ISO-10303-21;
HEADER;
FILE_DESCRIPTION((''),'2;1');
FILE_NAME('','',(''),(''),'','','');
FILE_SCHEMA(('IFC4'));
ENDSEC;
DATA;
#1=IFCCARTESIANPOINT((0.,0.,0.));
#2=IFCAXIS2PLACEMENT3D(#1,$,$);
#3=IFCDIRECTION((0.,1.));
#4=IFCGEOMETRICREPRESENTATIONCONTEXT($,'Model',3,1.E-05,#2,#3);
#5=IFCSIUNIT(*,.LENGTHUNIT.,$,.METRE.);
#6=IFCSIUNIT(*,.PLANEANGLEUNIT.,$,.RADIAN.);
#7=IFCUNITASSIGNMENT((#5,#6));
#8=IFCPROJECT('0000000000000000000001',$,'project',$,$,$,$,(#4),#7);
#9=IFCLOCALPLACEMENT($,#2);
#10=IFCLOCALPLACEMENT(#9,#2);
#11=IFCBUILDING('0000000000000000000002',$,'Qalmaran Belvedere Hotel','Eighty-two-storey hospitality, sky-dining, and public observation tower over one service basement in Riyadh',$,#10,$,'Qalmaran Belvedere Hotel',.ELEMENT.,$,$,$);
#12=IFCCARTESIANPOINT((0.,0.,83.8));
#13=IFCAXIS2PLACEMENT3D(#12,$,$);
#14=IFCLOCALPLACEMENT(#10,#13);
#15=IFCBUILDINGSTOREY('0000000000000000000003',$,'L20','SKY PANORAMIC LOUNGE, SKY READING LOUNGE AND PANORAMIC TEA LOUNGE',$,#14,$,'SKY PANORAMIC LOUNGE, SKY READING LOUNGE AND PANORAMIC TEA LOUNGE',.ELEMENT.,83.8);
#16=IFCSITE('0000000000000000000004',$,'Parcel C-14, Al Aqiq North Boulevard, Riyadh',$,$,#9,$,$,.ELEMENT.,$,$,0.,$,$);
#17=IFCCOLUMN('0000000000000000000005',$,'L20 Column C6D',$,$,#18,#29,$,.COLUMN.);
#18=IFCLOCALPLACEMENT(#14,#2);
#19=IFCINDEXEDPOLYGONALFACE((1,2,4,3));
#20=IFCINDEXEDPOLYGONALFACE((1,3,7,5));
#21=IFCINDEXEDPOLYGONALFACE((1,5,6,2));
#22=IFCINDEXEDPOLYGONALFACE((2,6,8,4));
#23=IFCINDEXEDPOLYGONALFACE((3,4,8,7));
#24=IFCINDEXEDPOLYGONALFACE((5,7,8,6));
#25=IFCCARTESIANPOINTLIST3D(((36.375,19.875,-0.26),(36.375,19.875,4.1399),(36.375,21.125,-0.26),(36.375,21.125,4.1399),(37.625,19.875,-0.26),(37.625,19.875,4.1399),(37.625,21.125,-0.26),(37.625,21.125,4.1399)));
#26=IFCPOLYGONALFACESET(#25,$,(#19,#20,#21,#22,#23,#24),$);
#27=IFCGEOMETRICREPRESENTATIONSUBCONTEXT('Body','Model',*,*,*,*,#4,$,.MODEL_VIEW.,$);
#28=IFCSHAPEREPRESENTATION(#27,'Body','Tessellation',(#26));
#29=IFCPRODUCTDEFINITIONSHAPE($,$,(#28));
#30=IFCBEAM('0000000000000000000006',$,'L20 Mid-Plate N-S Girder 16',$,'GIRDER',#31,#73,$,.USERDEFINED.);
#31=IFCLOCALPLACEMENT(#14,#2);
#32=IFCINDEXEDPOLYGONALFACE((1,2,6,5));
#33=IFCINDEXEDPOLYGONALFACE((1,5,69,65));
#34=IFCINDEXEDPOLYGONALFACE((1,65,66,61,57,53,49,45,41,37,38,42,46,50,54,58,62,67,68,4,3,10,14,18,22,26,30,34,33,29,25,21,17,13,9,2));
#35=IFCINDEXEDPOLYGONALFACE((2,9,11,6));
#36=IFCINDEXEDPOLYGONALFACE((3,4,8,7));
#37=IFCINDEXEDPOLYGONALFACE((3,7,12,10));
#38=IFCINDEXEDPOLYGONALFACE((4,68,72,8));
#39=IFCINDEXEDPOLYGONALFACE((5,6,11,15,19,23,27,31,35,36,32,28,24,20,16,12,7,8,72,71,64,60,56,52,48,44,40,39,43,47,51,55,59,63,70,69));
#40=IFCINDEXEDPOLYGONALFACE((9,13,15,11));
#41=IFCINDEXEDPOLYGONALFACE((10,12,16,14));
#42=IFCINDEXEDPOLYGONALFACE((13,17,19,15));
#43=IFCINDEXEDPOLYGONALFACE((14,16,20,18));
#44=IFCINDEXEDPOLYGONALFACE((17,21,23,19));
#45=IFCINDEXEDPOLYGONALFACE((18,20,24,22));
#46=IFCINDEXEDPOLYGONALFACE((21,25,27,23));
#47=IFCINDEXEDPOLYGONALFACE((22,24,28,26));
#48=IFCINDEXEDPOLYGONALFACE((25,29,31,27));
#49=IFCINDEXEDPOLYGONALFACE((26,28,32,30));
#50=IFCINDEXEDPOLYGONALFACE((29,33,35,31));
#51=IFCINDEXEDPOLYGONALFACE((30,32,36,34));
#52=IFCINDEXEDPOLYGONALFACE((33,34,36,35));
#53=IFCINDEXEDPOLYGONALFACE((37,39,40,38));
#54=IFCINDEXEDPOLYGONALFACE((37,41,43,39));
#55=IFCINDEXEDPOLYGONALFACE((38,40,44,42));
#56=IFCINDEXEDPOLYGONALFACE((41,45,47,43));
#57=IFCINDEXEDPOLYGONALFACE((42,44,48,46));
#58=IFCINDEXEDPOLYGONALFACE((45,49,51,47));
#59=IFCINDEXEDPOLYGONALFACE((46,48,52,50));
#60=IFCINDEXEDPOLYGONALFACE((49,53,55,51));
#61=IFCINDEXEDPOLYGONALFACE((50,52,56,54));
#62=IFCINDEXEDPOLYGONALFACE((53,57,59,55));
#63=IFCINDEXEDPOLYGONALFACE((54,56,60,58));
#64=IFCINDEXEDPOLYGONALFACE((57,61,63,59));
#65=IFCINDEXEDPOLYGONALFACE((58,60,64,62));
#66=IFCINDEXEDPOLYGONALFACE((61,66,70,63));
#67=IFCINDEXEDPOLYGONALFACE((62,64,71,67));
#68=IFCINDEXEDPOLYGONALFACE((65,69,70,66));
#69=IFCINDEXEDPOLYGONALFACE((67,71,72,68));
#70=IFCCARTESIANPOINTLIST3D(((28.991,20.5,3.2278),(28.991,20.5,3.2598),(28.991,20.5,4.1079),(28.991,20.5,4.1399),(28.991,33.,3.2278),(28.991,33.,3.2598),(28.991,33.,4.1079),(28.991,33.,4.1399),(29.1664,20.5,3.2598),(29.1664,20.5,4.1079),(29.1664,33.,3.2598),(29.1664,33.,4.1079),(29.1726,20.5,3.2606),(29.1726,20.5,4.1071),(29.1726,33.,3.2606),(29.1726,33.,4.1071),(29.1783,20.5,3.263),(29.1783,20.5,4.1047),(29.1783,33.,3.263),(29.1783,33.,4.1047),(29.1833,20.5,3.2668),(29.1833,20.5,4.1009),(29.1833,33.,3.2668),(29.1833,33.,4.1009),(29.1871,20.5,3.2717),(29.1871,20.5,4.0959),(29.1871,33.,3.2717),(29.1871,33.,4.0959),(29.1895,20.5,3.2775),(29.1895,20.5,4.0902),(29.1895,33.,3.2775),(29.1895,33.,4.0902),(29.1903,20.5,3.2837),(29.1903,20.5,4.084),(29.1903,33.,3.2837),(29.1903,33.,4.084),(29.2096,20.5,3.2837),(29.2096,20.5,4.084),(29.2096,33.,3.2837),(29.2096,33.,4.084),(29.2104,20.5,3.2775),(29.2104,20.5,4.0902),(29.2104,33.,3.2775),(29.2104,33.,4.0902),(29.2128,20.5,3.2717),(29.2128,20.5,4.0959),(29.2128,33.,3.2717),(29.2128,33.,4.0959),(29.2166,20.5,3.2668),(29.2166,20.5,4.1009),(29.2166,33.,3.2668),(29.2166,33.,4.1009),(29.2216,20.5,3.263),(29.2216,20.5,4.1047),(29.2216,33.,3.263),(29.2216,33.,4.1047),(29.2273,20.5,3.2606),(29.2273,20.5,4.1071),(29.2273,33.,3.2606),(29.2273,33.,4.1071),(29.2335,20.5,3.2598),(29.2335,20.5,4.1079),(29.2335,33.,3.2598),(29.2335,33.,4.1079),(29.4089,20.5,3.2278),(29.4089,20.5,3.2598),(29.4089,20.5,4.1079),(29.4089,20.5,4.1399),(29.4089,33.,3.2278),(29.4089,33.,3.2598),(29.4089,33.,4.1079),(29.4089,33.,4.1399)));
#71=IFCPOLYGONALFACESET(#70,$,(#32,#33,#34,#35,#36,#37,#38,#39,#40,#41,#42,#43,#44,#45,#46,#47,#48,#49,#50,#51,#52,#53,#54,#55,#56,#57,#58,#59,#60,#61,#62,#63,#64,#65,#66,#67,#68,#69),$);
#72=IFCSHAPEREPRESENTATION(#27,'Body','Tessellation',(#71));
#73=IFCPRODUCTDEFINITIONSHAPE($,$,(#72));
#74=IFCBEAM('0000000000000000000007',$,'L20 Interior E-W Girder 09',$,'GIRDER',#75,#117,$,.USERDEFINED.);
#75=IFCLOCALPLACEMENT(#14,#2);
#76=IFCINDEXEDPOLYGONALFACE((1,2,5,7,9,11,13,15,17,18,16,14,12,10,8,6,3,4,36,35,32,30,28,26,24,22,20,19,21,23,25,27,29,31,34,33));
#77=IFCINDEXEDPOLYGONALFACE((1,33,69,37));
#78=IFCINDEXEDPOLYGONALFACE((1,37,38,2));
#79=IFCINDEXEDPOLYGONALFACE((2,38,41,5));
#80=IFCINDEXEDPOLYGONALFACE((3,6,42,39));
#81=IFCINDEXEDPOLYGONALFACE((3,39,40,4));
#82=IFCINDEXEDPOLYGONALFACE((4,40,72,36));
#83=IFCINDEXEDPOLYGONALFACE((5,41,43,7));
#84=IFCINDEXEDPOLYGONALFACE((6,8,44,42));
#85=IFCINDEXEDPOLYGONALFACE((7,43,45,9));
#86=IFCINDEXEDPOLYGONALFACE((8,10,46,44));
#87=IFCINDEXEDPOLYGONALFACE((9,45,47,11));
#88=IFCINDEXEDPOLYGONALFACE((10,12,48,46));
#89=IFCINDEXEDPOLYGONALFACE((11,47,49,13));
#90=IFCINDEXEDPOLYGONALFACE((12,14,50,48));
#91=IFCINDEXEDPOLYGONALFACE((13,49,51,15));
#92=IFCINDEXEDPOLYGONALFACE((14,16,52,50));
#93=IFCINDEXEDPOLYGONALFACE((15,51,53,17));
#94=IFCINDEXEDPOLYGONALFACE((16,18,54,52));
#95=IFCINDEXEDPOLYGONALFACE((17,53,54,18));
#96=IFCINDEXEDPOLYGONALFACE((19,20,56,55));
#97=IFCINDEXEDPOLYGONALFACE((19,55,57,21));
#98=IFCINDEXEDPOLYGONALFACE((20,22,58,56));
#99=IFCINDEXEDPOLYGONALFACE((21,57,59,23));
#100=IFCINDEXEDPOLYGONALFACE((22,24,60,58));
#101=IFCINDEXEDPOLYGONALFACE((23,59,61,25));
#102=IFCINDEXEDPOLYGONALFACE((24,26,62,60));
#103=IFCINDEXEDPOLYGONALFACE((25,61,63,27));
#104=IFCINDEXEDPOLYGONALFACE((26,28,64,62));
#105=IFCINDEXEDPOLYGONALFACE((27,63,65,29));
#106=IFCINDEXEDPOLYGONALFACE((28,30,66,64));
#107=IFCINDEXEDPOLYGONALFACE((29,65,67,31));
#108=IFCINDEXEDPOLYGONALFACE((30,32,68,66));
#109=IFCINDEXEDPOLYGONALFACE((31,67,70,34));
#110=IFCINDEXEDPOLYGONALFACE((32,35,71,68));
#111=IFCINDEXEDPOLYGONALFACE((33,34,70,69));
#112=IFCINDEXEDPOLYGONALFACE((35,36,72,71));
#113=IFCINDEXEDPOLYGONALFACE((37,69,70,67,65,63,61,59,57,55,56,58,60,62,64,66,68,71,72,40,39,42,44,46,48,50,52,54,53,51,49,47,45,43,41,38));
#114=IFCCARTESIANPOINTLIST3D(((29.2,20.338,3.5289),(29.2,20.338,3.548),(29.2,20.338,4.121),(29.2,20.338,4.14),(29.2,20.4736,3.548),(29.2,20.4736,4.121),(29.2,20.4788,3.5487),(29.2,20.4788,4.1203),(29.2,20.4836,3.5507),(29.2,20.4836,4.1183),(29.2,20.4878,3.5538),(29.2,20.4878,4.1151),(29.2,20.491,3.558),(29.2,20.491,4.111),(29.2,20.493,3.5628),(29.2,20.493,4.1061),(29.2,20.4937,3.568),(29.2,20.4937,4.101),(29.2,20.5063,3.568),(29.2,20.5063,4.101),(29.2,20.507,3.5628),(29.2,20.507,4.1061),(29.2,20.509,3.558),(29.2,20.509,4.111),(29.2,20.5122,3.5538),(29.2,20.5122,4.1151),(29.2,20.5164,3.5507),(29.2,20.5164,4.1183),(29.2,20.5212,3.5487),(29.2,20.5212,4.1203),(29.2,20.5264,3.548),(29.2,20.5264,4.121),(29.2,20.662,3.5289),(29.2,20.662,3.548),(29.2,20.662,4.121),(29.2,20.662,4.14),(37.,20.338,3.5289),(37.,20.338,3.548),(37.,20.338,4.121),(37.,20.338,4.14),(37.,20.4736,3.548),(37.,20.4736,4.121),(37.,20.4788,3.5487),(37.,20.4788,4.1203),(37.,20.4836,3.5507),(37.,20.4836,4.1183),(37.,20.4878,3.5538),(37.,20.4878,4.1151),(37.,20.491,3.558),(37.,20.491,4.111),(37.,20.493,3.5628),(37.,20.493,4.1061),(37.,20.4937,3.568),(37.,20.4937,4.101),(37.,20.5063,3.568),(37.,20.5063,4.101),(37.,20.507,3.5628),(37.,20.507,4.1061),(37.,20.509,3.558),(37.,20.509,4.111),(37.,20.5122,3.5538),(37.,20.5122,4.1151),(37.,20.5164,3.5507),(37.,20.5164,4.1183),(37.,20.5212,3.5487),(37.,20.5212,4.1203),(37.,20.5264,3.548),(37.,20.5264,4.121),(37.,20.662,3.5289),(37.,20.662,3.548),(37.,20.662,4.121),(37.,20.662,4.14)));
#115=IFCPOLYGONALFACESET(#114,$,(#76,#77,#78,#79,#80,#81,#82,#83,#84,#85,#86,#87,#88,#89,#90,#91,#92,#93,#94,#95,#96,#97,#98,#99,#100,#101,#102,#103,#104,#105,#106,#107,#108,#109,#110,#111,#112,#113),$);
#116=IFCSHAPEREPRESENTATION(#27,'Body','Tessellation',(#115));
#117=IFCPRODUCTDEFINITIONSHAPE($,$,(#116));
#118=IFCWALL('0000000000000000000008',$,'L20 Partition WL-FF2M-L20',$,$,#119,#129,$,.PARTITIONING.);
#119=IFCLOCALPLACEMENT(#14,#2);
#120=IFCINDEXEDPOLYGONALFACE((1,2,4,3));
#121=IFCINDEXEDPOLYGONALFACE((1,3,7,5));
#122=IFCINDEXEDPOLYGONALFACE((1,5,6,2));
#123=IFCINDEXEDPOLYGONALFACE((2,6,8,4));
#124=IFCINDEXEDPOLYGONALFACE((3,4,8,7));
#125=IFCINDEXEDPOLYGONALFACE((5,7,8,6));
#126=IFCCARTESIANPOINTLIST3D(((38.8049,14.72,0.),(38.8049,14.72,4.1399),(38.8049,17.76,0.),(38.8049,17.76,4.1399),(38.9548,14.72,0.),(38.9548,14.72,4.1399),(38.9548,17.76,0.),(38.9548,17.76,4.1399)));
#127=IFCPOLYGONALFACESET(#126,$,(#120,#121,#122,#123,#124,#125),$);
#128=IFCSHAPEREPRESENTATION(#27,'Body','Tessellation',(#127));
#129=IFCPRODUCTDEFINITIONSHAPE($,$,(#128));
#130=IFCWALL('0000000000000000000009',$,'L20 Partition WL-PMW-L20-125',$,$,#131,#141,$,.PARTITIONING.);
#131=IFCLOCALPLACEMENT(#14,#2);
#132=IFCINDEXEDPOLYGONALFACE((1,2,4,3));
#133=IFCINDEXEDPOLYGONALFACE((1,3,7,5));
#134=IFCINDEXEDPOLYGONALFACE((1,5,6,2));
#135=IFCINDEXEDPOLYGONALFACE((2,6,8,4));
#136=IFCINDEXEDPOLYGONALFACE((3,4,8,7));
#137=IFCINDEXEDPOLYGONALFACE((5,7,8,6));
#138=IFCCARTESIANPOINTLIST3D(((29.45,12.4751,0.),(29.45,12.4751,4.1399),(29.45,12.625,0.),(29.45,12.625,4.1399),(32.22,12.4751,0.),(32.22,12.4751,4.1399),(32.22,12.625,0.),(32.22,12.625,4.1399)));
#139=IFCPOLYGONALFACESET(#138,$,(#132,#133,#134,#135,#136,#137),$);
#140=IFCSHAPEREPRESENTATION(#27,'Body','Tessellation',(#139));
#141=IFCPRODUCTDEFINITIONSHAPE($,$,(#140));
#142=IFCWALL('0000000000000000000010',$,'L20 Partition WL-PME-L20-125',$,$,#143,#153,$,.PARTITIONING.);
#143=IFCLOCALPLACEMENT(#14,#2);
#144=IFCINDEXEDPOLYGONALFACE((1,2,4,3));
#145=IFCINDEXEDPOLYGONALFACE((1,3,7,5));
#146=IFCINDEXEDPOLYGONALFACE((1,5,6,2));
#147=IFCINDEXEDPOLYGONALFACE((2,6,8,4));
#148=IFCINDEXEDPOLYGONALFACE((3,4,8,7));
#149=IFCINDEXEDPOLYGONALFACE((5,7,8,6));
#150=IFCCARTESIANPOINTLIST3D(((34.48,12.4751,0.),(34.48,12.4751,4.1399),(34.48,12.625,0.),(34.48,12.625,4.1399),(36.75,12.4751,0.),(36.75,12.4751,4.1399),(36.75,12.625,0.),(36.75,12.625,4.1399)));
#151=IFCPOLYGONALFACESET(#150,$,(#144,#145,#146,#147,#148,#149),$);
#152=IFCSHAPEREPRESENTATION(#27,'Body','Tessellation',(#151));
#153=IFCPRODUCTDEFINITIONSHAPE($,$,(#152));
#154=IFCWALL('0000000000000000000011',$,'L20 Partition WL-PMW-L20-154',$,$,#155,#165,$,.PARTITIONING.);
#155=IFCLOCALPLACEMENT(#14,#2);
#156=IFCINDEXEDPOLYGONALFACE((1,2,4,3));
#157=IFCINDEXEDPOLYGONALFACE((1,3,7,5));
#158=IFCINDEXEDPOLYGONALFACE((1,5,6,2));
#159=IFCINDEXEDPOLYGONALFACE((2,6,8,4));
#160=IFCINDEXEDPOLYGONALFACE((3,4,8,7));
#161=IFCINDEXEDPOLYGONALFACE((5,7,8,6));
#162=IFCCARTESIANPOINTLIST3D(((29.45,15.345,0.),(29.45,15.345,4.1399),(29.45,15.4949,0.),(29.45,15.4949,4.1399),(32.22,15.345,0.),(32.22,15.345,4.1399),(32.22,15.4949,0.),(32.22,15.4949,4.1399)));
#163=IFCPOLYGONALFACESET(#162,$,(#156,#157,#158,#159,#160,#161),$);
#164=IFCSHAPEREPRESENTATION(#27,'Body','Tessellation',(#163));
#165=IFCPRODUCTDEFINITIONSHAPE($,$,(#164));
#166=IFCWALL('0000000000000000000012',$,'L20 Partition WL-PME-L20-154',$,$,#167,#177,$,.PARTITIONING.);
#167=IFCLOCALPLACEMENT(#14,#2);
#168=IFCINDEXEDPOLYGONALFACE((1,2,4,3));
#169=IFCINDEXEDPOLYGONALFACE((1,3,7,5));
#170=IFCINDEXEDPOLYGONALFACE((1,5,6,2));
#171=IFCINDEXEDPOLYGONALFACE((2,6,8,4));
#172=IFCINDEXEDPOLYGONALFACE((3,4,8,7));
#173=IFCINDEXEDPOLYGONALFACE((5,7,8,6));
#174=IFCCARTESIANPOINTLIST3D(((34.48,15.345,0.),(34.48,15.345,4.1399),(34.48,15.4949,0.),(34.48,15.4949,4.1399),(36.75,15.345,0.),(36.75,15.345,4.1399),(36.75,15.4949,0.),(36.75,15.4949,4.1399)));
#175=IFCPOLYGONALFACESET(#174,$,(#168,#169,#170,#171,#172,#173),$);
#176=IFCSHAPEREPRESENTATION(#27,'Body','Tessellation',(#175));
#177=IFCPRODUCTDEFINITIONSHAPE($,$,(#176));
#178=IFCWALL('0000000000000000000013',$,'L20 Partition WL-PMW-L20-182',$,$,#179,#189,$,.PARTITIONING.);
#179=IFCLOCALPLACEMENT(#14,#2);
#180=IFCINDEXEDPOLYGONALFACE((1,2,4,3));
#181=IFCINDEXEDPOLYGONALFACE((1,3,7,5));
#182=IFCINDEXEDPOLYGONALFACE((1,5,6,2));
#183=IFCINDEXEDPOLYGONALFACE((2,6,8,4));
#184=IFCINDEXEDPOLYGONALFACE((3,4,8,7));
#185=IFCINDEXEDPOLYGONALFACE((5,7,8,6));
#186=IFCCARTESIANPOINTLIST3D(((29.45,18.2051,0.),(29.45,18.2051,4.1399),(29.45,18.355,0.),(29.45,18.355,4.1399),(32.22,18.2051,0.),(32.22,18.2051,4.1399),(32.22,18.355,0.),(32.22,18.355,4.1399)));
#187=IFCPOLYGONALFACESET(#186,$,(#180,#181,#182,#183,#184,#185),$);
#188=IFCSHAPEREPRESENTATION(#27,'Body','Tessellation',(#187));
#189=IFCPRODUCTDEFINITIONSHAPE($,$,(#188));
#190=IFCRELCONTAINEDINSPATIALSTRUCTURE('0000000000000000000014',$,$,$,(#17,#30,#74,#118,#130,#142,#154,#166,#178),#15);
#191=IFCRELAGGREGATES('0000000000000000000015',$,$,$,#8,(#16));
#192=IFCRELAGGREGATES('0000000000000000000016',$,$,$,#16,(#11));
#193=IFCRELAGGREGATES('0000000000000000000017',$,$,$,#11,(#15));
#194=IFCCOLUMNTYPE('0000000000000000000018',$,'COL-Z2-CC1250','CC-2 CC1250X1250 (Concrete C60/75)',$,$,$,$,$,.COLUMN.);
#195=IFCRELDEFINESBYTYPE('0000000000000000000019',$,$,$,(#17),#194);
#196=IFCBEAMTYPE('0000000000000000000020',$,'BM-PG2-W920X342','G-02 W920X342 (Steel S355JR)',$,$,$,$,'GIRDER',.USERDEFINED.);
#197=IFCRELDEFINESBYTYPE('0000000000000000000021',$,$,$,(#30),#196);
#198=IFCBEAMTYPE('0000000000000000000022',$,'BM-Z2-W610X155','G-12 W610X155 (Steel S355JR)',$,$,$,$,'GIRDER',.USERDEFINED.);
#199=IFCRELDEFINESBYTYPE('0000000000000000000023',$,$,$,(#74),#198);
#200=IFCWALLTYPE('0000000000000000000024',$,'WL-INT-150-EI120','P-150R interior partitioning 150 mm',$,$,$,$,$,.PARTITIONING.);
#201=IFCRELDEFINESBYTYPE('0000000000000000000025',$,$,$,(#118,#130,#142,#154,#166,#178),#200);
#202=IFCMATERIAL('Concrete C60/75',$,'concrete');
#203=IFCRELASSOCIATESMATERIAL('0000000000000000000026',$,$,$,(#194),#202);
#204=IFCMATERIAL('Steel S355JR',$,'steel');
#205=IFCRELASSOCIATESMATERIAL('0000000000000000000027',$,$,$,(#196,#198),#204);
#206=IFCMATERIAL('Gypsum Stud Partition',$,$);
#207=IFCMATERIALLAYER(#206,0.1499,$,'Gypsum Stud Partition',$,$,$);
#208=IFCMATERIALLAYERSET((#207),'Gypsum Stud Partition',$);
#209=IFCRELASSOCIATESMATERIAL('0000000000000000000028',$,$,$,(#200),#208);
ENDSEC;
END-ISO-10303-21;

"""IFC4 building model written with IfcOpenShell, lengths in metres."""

from ifc_helpers import new_model, si_unit, direction, frame, frame_2d, origin, origin_2d, place, context, subcontext, project, spatial, rectangle, i_section, extrude, material, layer, layer_set, material_profile, profile_set, type_object, element, save


model = new_model("IFC4")

# Units and contexts
model_context = context("Model", 3, precision=1e-05, world=origin(), true_north=direction((0.0, 1.0)))
body_context = subcontext(model_context, "Body", "Model", "MODEL_VIEW")
ifc_project = project(units=[si_unit("LENGTHUNIT", "METRE"), si_unit("PLANEANGLEUNIT", "RADIAN")], contexts=[model_context])

# Site, building, storey
site_placement = place(None, origin())
site = spatial("IfcSite", under=ifc_project, at=site_placement, Name="Parcel C-14, Al Aqiq North Boulevard, Riyadh", CompositionType="ELEMENT", RefElevation=0.0)
building_placement = place(site_placement, origin())
building = spatial("IfcBuilding", under=site, at=building_placement, Name="Qalmaran Belvedere Hotel", Description="Eighty-two-storey hospitality, sky-dining, and public observation tower over one service basement in Riyadh", LongName="Qalmaran Belvedere Hotel", CompositionType="ELEMENT")
storey_placement = place(building_placement, frame((0.0, 0.0, 83.8)))
storey = spatial("IfcBuildingStorey", under=building, at=storey_placement, Name="L20", Description="SKY PANORAMIC LOUNGE, SKY READING LOUNGE AND PANORAMIC TEA LOUNGE", LongName="SKY PANORAMIC LOUNGE, SKY READING LOUNGE AND PANORAMIC TEA LOUNGE", CompositionType="ELEMENT", Elevation=83.8)

# Column
ifc_material_1 = material(Name="Concrete C60/75", Category="concrete")
ifc_material_profile_1 = material_profile(ifc_material_1, rectangle(XDim=1.25, YDim=1.25, at=origin_2d()), Name="CC1250X1250")
ifc_profile_set_1 = profile_set([ifc_material_profile_1], Name="Concrete C60/75")
column_type = type_object("IfcColumnType", Name="COL-Z2-CC1250", Description="CC-2 CC1250X1250 (Concrete C60/75)", PredefinedType="COLUMN", material=ifc_profile_set_1)
column_placement = place(storey_placement, frame((37.0, 20.5, -0.26), z_axis=(0.0, 0.0, 1.0), x_axis=(1.0, 0.0, 0.0)))
element("IfcColumn", 1, at=column_placement, inside=storey, type_object=column_type, Name="L20 Column C6D", PredefinedType="COLUMN", context=body_context, shape_type="SweptSolid", body=[
    extrude(rectangle(XDim=1.25, YDim=1.25, at=origin_2d()), origin(), (0.0, 0.0, 1.0), 4.3999),
])

# Beams
ifc_material_2 = material(Name="Steel S355JR", Category="steel")
ifc_material_profile_2 = material_profile(ifc_material_2, i_section(OverallWidth=0.418, OverallDepth=0.9121, WebThickness=0.0193, FlangeThickness=0.032, FilletRadius=0.0239, at=origin_2d()), Name="W920X342")
ifc_profile_set_2 = profile_set([ifc_material_profile_2], Name="Steel S355JR")
beam_type_1 = type_object("IfcBeamType", Name="BM-PG2-W920X342", Description="G-02 W920X342 (Steel S355JR)", ElementType="GIRDER", PredefinedType="USERDEFINED", material=ifc_profile_set_2)
beam_1_placement = place(storey_placement, frame((29.2, 20.5, 3.6838), z_axis=(0.0, 1.0, 0.0), x_axis=(-1.0, 0.0, 0.0)))
element("IfcBeam", 2, at=beam_1_placement, inside=storey, type_object=beam_type_1, Name="L20 Mid-Plate N-S Girder 16", ObjectType="GIRDER", PredefinedType="USERDEFINED", context=body_context, shape_type="SweptSolid", body=[
    extrude(i_section(OverallWidth=0.418, OverallDepth=0.9121, WebThickness=0.0193, FlangeThickness=0.032, FilletRadius=0.0239, at=origin_2d()), origin(), (0.0, 0.0, 1.0), 12.5),
])
ifc_material_profile_3 = material_profile(ifc_material_2, i_section(OverallWidth=0.324, OverallDepth=0.6111, WebThickness=0.0127, FlangeThickness=0.019, FilletRadius=0.02, at=origin_2d()), Name="W610X155")
ifc_profile_set_3 = profile_set([ifc_material_profile_3], Name="Steel S355JR")
beam_type_2 = type_object("IfcBeamType", Name="BM-Z2-W610X155", Description="G-12 W610X155 (Steel S355JR)", ElementType="GIRDER", PredefinedType="USERDEFINED", material=ifc_profile_set_3)
beam_2_placement = place(storey_placement, frame((29.2, 20.5, 3.8345), z_axis=(1.0, 0.0, 0.0), x_axis=(0.0, 1.0, 0.0)))
element("IfcBeam", 3, at=beam_2_placement, inside=storey, type_object=beam_type_2, Name="L20 Interior E-W Girder 09", ObjectType="GIRDER", PredefinedType="USERDEFINED", context=body_context, shape_type="SweptSolid", body=[
    extrude(i_section(OverallWidth=0.324, OverallDepth=0.6111, WebThickness=0.0127, FlangeThickness=0.019, FilletRadius=0.02, at=origin_2d()), origin(), (0.0, 0.0, 1.0), 7.8),
])

# Walls
ifc_material_3 = material(Name="Gypsum Stud Partition")
ifc_layer_1 = layer(ifc_material_3, 0.1499, Name="Gypsum Stud Partition")
ifc_layer_set_1 = layer_set([ifc_layer_1], Name="Gypsum Stud Partition")
wall_type_1 = type_object("IfcWallType", Name="WL-INT-150-EI120", Description="P-150R interior partitioning 150 mm", PredefinedType="PARTITIONING", material=ifc_layer_set_1)
wall_1_placement = place(storey_placement, frame((38.8799, 14.72, 0.0), z_axis=(0.0, 0.0, 1.0), x_axis=(0.0, 1.0, 0.0)))
element("IfcWall", 4, at=wall_1_placement, inside=storey, type_object=wall_type_1, Name="L20 Partition WL-FF2M-L20", PredefinedType="PARTITIONING", context=body_context, shape_type="SweptSolid", body=[
    extrude(rectangle(XDim=3.04, YDim=0.1499, at=frame_2d((1.52, 0.0))), origin(), (0.0, 0.0, 1.0), 4.1399),
])
wall_2_placement = place(storey_placement, frame((29.45, 12.55, 0.0), z_axis=(0.0, 0.0, 1.0), x_axis=(1.0, 0.0, 0.0)))
element("IfcWall", 5, at=wall_2_placement, inside=storey, type_object=wall_type_1, Name="L20 Partition WL-PMW-L20-125", PredefinedType="PARTITIONING", context=body_context, shape_type="SweptSolid", body=[
    extrude(rectangle(XDim=2.77, YDim=0.1499, at=frame_2d((1.385, 0.0))), origin(), (0.0, 0.0, 1.0), 4.1399),
])
wall_3_placement = place(storey_placement, frame((34.48, 12.55, 0.0), z_axis=(0.0, 0.0, 1.0), x_axis=(1.0, 0.0, 0.0)))
element("IfcWall", 6, at=wall_3_placement, inside=storey, type_object=wall_type_1, Name="L20 Partition WL-PME-L20-125", PredefinedType="PARTITIONING", context=body_context, shape_type="SweptSolid", body=[
    extrude(rectangle(XDim=2.27, YDim=0.1499, at=frame_2d((1.135, 0.0))), origin(), (0.0, 0.0, 1.0), 4.1399),
])
wall_4_placement = place(storey_placement, frame((29.45, 15.4199, 0.0), z_axis=(0.0, 0.0, 1.0), x_axis=(1.0, 0.0, 0.0)))
element("IfcWall", 7, at=wall_4_placement, inside=storey, type_object=wall_type_1, Name="L20 Partition WL-PMW-L20-154", PredefinedType="PARTITIONING", context=body_context, shape_type="SweptSolid", body=[
    extrude(rectangle(XDim=2.77, YDim=0.1499, at=frame_2d((1.385, 0.0))), origin(), (0.0, 0.0, 1.0), 4.1399),
])
wall_5_placement = place(storey_placement, frame((34.48, 15.4199, 0.0), z_axis=(0.0, 0.0, 1.0), x_axis=(1.0, 0.0, 0.0)))
element("IfcWall", 8, at=wall_5_placement, inside=storey, type_object=wall_type_1, Name="L20 Partition WL-PME-L20-154", PredefinedType="PARTITIONING", context=body_context, shape_type="SweptSolid", body=[
    extrude(rectangle(XDim=2.27, YDim=0.1499, at=frame_2d((1.135, 0.0))), origin(), (0.0, 0.0, 1.0), 4.1399),
])
wall_6_placement = place(storey_placement, frame((29.45, 18.28, 0.0), z_axis=(0.0, 0.0, 1.0), x_axis=(1.0, 0.0, 0.0)))
element("IfcWall", 9, at=wall_6_placement, inside=storey, type_object=wall_type_1, Name="L20 Partition WL-PMW-L20-182", PredefinedType="PARTITIONING", context=body_context, shape_type="SweptSolid", body=[
    extrude(rectangle(XDim=2.77, YDim=0.1499, at=frame_2d((1.385, 0.0))), origin(), (0.0, 0.0, 1.0), 4.1399),
])

save(model, "model.ifc")
